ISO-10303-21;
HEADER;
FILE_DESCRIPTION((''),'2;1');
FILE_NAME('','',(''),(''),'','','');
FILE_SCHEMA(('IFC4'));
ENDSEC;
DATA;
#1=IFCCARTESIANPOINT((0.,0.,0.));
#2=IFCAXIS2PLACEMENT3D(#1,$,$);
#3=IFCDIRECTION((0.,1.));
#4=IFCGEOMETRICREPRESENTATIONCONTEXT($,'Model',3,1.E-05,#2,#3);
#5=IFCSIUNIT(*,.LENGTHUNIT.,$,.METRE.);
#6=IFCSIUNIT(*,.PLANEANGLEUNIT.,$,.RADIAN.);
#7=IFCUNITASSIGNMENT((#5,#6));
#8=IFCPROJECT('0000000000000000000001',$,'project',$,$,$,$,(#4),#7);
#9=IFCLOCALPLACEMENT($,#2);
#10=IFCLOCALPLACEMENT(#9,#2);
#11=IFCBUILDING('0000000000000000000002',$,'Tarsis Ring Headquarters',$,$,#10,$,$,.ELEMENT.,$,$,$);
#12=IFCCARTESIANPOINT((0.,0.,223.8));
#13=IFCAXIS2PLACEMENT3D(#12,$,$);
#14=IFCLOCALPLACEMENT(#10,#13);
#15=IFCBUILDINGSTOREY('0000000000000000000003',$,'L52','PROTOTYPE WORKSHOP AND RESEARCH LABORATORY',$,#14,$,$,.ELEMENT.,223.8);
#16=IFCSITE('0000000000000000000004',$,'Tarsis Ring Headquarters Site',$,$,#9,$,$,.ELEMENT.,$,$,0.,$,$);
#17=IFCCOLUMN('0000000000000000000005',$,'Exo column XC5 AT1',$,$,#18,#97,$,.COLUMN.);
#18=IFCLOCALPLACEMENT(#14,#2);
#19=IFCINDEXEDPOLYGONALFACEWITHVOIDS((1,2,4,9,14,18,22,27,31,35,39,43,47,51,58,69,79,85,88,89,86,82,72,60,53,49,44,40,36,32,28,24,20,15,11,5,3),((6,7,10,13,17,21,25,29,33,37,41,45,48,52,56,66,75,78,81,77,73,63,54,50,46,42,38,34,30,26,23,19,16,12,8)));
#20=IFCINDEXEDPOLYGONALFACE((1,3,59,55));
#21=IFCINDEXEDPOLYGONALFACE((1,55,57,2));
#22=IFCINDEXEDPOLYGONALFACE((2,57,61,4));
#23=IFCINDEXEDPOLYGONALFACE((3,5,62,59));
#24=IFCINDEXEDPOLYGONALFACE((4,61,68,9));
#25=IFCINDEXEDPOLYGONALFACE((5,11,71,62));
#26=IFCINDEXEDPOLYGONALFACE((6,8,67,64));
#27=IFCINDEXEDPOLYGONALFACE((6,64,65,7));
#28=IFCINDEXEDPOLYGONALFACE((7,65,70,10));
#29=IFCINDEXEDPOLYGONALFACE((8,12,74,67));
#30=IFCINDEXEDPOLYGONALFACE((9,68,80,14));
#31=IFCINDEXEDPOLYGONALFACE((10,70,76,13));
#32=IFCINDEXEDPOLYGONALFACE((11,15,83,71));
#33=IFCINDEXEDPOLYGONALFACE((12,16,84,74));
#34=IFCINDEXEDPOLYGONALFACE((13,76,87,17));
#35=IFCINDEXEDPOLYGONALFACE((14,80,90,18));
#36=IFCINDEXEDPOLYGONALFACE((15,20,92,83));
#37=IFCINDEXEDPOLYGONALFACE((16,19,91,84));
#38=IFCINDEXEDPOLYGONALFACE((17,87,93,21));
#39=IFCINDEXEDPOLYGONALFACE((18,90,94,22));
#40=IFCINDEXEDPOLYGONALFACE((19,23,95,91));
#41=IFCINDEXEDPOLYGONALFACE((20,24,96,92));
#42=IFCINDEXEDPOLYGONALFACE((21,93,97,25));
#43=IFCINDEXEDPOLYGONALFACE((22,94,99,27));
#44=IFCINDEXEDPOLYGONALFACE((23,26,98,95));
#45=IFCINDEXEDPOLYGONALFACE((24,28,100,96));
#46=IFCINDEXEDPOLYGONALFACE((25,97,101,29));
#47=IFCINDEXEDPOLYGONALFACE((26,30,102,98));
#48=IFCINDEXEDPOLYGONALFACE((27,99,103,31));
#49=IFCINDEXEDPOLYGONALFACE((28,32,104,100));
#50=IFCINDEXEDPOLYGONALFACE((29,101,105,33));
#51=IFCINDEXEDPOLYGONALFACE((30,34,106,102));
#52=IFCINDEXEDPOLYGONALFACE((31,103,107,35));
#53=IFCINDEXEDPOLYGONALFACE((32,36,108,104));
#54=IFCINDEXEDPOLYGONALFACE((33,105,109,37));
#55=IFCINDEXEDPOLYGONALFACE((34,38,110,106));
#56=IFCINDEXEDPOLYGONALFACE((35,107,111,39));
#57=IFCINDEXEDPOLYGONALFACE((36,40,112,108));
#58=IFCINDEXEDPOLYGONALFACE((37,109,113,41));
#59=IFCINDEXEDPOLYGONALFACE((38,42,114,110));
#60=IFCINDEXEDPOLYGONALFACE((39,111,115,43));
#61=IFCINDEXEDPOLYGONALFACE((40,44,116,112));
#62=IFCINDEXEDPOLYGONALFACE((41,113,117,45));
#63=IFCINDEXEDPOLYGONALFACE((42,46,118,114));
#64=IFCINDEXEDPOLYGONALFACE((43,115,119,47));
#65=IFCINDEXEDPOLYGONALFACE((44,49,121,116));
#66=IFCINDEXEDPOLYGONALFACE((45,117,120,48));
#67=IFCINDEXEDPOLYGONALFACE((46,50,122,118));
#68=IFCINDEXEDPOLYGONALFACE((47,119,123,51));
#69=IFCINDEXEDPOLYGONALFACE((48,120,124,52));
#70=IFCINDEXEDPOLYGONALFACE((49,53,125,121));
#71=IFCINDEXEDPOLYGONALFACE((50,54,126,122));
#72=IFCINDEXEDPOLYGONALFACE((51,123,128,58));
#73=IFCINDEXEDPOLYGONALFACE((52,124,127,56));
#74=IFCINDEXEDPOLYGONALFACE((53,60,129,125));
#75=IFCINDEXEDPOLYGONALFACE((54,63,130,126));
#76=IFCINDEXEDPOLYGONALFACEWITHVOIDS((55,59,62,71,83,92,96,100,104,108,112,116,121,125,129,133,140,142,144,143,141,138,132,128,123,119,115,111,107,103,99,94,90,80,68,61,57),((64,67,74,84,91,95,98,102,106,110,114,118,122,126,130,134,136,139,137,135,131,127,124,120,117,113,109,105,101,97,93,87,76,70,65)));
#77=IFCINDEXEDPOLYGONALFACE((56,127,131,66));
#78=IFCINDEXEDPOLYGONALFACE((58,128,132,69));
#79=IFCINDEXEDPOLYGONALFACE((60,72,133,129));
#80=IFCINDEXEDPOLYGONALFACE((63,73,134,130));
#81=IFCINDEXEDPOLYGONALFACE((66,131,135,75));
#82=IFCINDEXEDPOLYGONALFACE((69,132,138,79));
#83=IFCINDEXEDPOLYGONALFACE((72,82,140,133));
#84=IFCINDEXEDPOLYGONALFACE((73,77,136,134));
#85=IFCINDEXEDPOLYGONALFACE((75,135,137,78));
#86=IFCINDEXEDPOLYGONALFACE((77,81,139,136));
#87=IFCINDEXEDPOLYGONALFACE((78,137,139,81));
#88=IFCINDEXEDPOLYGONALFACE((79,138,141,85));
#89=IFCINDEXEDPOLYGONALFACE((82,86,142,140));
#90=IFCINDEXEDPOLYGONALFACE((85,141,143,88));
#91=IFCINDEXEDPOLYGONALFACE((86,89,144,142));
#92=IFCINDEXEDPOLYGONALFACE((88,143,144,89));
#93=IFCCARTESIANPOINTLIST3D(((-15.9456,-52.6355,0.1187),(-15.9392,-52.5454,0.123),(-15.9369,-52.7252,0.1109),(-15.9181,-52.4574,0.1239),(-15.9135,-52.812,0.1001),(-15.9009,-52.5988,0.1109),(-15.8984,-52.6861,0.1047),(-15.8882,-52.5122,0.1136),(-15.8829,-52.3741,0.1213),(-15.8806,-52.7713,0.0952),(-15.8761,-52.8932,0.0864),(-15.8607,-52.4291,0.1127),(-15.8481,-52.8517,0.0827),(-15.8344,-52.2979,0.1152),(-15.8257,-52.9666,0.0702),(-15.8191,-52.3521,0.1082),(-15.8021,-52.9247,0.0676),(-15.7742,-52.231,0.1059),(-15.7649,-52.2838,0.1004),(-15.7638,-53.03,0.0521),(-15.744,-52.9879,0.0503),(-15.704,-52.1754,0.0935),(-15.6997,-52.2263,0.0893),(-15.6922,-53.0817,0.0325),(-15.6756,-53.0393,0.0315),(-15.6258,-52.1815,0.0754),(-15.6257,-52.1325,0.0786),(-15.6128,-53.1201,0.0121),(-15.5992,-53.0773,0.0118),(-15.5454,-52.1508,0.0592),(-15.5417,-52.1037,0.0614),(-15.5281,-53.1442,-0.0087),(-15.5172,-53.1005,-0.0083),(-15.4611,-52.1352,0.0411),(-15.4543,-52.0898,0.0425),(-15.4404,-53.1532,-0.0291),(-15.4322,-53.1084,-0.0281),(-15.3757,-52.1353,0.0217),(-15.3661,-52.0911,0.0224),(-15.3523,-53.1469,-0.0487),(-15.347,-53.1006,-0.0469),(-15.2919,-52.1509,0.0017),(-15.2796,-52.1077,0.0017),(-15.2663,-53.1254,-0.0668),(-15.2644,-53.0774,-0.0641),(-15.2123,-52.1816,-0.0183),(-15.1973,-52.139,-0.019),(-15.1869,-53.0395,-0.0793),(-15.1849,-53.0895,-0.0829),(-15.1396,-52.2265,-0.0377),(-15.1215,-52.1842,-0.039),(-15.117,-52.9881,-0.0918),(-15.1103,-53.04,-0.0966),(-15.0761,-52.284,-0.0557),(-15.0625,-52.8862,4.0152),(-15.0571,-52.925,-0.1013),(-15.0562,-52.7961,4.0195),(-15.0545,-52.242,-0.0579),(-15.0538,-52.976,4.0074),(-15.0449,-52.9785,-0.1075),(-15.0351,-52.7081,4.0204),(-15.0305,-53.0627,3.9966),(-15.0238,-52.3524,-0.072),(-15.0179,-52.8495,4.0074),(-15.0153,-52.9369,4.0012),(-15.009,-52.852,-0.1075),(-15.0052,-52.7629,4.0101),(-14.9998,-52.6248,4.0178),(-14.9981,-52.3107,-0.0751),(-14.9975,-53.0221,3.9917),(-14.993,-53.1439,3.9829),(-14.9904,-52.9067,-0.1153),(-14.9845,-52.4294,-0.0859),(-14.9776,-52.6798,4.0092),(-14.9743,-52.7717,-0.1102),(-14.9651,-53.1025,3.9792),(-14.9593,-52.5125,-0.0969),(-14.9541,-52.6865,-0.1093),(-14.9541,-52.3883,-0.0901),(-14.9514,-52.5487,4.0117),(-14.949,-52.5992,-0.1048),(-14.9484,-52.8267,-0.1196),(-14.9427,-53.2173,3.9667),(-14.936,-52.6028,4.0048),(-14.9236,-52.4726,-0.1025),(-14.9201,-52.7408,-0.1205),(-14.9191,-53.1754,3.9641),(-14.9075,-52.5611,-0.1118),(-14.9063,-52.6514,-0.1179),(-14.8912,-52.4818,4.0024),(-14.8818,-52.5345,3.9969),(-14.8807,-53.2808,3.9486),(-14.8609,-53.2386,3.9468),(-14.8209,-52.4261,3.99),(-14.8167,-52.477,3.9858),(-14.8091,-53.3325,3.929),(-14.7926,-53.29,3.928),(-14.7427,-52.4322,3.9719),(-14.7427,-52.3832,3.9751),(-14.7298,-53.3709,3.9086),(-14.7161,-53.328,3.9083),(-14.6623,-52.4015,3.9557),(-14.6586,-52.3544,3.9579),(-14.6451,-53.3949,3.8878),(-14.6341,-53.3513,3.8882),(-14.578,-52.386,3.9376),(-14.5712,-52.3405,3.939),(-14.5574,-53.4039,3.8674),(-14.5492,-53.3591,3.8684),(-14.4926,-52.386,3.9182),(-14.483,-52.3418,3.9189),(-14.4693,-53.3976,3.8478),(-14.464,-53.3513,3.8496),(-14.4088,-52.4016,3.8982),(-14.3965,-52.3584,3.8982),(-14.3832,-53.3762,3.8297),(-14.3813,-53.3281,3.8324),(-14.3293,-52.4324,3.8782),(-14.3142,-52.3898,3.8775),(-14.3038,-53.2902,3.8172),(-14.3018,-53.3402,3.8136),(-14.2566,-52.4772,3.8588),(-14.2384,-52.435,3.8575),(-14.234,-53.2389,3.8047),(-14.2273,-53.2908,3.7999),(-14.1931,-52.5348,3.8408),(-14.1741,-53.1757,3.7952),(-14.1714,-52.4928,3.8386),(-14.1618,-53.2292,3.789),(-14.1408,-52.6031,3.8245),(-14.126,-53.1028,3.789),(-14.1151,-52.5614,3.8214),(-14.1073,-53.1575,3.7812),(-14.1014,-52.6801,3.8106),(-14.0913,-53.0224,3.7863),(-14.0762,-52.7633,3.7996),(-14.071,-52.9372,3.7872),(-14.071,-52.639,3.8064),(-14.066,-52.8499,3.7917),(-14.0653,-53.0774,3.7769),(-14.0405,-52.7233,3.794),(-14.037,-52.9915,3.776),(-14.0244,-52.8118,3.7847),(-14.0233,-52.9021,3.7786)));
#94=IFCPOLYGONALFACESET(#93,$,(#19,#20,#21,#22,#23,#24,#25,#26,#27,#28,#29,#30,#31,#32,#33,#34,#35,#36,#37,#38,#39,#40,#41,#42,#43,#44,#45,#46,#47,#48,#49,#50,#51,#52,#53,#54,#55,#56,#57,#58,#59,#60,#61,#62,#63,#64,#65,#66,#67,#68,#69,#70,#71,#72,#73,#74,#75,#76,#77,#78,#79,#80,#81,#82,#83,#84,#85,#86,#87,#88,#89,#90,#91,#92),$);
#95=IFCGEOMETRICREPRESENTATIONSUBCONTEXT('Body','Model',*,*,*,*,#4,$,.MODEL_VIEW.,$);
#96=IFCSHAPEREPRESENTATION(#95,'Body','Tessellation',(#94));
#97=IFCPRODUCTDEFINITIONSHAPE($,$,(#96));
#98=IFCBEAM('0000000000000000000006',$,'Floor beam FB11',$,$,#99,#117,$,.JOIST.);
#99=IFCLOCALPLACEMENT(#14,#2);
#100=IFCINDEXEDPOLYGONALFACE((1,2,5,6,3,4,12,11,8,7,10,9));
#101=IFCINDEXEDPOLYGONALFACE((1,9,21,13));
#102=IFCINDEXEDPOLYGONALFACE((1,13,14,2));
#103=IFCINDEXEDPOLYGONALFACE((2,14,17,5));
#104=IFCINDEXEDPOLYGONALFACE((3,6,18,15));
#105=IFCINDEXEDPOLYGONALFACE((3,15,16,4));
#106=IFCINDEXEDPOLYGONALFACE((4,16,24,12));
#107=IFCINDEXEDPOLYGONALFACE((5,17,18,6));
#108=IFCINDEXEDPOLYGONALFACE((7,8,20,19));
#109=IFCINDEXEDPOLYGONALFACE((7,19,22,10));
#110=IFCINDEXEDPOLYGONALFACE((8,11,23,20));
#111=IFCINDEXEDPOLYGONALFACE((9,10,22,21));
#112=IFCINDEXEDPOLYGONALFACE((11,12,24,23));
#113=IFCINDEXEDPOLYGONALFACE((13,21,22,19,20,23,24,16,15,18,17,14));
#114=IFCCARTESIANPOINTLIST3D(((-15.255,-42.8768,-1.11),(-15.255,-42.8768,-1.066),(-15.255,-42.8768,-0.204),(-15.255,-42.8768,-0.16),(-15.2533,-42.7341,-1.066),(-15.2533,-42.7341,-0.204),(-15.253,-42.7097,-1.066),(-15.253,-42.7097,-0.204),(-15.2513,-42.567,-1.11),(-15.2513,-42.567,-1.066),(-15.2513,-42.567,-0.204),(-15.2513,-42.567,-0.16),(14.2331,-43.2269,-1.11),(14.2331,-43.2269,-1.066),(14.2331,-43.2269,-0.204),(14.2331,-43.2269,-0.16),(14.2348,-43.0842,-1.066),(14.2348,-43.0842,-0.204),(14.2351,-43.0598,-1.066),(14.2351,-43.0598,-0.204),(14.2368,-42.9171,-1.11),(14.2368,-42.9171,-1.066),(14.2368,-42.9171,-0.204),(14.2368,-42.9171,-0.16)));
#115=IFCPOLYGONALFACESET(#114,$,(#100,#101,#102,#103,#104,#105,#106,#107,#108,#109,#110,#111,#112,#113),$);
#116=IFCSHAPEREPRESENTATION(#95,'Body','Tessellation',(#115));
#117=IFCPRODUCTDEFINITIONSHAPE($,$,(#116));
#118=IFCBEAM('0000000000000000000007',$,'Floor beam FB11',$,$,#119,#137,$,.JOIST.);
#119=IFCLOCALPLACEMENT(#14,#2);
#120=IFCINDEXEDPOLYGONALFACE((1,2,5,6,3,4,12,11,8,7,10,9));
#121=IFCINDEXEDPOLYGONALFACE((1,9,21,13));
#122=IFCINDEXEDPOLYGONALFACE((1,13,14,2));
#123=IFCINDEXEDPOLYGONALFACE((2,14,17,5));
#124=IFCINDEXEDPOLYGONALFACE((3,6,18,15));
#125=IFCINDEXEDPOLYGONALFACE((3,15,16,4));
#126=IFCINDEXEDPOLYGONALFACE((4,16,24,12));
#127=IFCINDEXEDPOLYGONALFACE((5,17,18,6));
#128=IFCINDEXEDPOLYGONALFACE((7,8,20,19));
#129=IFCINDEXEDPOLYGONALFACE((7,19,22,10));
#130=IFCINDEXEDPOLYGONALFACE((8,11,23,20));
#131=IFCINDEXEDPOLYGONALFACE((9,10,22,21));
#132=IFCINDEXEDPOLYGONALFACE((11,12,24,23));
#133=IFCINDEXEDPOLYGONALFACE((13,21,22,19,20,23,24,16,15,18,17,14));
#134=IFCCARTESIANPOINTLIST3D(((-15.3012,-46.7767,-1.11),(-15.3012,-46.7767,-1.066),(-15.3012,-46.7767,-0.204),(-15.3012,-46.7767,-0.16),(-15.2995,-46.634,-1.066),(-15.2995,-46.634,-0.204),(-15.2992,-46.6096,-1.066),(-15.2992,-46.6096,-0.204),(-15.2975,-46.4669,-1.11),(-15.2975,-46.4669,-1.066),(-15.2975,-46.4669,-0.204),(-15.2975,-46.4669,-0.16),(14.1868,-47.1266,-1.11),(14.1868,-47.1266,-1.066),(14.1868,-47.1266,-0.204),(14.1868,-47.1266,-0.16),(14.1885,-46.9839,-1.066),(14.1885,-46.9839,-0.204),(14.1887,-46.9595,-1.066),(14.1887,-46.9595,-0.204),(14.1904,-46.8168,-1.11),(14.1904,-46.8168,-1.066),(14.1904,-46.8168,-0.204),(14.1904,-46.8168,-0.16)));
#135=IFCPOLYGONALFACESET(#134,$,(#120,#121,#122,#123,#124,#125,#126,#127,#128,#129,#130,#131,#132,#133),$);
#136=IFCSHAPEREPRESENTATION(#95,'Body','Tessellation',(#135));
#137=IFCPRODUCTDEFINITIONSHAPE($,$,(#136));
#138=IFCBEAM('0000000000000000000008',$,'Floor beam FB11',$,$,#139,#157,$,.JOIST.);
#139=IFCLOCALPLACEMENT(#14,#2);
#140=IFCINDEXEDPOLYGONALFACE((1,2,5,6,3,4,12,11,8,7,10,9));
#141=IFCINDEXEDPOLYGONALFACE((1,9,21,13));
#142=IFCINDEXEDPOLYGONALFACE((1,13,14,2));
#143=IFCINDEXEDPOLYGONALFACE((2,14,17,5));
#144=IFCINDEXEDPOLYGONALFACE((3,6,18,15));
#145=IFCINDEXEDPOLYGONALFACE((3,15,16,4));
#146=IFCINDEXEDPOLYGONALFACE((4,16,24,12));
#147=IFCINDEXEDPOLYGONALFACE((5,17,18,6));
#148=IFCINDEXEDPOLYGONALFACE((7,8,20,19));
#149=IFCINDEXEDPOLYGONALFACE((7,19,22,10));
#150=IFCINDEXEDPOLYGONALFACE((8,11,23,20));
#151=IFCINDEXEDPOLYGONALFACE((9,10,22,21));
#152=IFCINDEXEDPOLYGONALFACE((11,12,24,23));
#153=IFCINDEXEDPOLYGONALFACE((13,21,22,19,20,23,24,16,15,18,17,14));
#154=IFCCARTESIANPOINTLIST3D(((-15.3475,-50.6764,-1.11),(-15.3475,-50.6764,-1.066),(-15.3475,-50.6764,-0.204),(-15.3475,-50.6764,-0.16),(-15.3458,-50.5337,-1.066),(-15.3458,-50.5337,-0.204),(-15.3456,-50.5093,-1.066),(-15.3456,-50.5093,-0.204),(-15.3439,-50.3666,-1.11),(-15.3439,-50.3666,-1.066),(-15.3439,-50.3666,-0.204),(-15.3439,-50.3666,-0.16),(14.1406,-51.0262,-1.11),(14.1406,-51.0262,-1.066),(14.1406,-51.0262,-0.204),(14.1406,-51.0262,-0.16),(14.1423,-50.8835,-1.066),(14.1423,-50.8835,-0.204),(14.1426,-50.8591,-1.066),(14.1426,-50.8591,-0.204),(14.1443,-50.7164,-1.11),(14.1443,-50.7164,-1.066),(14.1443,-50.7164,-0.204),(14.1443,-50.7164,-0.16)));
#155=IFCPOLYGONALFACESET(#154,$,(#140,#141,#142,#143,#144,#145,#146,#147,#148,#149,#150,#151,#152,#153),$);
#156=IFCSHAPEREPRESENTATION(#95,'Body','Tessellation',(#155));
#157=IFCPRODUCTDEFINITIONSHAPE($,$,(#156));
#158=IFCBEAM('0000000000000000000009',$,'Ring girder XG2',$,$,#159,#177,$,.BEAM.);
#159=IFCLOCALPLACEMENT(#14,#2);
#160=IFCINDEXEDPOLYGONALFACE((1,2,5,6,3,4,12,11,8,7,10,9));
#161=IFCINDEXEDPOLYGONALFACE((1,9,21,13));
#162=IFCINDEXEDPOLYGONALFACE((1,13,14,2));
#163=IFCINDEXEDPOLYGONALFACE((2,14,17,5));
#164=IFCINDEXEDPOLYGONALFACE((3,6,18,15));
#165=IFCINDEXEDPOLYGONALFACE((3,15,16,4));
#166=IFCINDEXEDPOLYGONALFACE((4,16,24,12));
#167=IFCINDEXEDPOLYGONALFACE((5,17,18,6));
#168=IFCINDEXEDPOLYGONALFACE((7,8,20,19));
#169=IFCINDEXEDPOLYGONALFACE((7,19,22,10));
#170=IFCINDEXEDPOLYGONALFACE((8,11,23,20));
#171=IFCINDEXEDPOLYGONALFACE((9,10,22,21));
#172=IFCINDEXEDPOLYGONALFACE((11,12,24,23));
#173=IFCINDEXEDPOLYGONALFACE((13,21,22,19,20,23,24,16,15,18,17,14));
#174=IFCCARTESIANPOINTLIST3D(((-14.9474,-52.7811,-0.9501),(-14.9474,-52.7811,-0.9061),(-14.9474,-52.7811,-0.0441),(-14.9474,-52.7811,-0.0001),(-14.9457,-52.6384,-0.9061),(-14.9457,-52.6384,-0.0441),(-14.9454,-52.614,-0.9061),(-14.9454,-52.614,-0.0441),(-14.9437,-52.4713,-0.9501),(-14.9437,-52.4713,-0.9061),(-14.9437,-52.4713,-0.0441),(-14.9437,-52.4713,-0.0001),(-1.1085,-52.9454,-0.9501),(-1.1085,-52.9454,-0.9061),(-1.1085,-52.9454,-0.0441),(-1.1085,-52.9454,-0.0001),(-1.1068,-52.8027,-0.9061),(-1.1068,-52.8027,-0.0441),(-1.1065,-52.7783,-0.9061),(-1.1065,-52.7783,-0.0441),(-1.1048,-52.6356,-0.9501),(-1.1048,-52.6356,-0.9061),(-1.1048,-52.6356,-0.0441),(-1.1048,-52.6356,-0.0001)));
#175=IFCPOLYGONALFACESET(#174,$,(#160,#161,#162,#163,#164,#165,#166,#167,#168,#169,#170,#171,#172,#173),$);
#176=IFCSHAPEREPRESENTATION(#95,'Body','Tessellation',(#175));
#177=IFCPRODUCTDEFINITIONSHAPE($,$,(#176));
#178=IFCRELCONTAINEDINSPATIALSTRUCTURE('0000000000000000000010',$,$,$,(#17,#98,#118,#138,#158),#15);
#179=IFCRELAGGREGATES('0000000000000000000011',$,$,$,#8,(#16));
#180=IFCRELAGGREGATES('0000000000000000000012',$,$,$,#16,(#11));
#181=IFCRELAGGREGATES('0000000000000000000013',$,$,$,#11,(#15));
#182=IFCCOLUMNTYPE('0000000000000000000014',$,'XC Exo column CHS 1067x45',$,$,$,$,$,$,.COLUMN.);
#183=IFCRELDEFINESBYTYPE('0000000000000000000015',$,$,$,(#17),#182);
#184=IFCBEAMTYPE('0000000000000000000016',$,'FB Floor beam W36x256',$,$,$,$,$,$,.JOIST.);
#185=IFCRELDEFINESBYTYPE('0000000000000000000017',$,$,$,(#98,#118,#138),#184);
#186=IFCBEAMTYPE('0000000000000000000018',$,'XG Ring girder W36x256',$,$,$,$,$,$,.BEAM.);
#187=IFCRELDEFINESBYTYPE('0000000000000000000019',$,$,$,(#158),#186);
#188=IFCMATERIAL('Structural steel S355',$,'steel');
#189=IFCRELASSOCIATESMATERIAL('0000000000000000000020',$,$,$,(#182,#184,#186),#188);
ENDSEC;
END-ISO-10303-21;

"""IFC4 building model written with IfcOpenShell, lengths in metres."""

from ifc_helpers import new_model, si_unit, direction, frame, origin, origin_2d, place, context, subcontext, project, spatial, hollow_circle, i_section, extrude, material, material_profile, profile_set, type_object, element, save


model = new_model("IFC4")

# Units and contexts
model_context = context("Model", 3, precision=1e-05, world=origin(), true_north=direction((0.0, 1.0)))
body_context = subcontext(model_context, "Body", "Model", "MODEL_VIEW")
ifc_project = project(units=[si_unit("LENGTHUNIT", "METRE"), si_unit("PLANEANGLEUNIT", "RADIAN")], contexts=[model_context])

# Site, building, storey
site_placement = place(None, origin())
site = spatial("IfcSite", under=ifc_project, at=site_placement, Name="Tarsis Ring Headquarters Site", CompositionType="ELEMENT", RefElevation=0.0)
building_placement = place(site_placement, origin())
building = spatial("IfcBuilding", under=site, at=building_placement, Name="Tarsis Ring Headquarters", CompositionType="ELEMENT")
storey_placement = place(building_placement, frame((0.0, 0.0, 223.8)))
storey = spatial("IfcBuildingStorey", under=building, at=storey_placement, Name="L52", Description="PROTOTYPE WORKSHOP AND RESEARCH LABORATORY", CompositionType="ELEMENT", Elevation=223.8)

# Column
ifc_material_1 = material(Name="Structural steel S355", Category="steel")
ifc_material_profile_1 = material_profile(ifc_material_1, hollow_circle(Radius=0.5334, WallThickness=0.0449, at=origin_2d()), Name="CHS 1067x45")
ifc_profile_set_1 = profile_set([ifc_material_profile_1], Name="Structural steel S355")
column_type = type_object("IfcColumnType", Name="XC Exo column CHS 1067x45", PredefinedType="COLUMN", material=ifc_profile_set_1)
column_placement = place(storey_placement, frame((-15.4253, -52.6208, 0.0017), z_axis=(0.22059, -0.062634, 0.973353), x_axis=(0.27314, 0.961974, 0.0)))
element("IfcColumn", 1, at=column_placement, inside=storey, type_object=column_type, Name="Exo column XC5 AT1", PredefinedType="COLUMN", context=body_context, shape_type="SweptSolid", body=[
    extrude(hollow_circle(Radius=0.5334, WallThickness=0.0449, at=origin_2d()), origin(), (0.0, 0.0, 1.0), 4.0032),
])

# Beams
ifc_material_profile_2 = material_profile(ifc_material_1, i_section(OverallWidth=0.3098, OverallDepth=0.95, WebThickness=0.0244, FlangeThickness=0.0439, at=origin_2d()), Name="W36x256")
ifc_profile_set_2 = profile_set([ifc_material_profile_2], Name="Structural steel S355")
beam_type_1 = type_object("IfcBeamType", Name="FB Floor beam W36x256", PredefinedType="JOIST", material=ifc_profile_set_2)
beam_1_placement = place(storey_placement, frame((-15.2532, -42.7219, -0.635), z_axis=(0.99993, -0.011872, 0.0), x_axis=(0.011872, 0.99993, 0.0)))
element("IfcBeam", 2, at=beam_1_placement, inside=storey, type_object=beam_type_1, Name="Floor beam FB11", PredefinedType="JOIST", context=body_context, shape_type="SweptSolid", body=[
    extrude(i_section(OverallWidth=0.3098, OverallDepth=0.95, WebThickness=0.0244, FlangeThickness=0.0439, at=origin_2d()), origin(), (0.0, 0.0, 1.0), 29.4902),
])
beam_2_placement = place(storey_placement, frame((-15.2993, -46.6218, -0.635), z_axis=(0.99993, -0.011864, 0.0), x_axis=(0.011864, 0.99993, 0.0)))
element("IfcBeam", 3, at=beam_2_placement, inside=storey, type_object=beam_type_1, Name="Floor beam FB11", PredefinedType="JOIST", context=body_context, shape_type="SweptSolid", body=[
    extrude(i_section(OverallWidth=0.3098, OverallDepth=0.95, WebThickness=0.0244, FlangeThickness=0.0439, at=origin_2d()), origin(), (0.0, 0.0, 1.0), 29.49),
])
beam_3_placement = place(storey_placement, frame((-15.3457, -50.5215, -0.635), z_axis=(0.99993, -0.011863, 0.0), x_axis=(0.011863, 0.99993, 0.0)))
element("IfcBeam", 4, at=beam_3_placement, inside=storey, type_object=beam_type_1, Name="Floor beam FB11", PredefinedType="JOIST", context=body_context, shape_type="SweptSolid", body=[
    extrude(i_section(OverallWidth=0.3098, OverallDepth=0.95, WebThickness=0.0244, FlangeThickness=0.0439, at=origin_2d()), origin(), (0.0, 0.0, 1.0), 29.4902),
])
beam_type_2 = type_object("IfcBeamType", Name="XG Ring girder W36x256", PredefinedType="BEAM", material=ifc_profile_set_2)
beam_4_placement = place(storey_placement, frame((-14.9456, -52.6262, -0.4751), z_axis=(0.99993, -0.011872, 0.0), x_axis=(0.011872, 0.99993, 0.0)))
element("IfcBeam", 5, at=beam_4_placement, inside=storey, type_object=beam_type_2, Name="Ring girder XG2", PredefinedType="BEAM", context=body_context, shape_type="SweptSolid", body=[
    extrude(i_section(OverallWidth=0.3098, OverallDepth=0.95, WebThickness=0.0244, FlangeThickness=0.0439, at=origin_2d()), origin(), (0.0, 0.0, 1.0), 13.8398),
])

save(model, "model.ifc")
